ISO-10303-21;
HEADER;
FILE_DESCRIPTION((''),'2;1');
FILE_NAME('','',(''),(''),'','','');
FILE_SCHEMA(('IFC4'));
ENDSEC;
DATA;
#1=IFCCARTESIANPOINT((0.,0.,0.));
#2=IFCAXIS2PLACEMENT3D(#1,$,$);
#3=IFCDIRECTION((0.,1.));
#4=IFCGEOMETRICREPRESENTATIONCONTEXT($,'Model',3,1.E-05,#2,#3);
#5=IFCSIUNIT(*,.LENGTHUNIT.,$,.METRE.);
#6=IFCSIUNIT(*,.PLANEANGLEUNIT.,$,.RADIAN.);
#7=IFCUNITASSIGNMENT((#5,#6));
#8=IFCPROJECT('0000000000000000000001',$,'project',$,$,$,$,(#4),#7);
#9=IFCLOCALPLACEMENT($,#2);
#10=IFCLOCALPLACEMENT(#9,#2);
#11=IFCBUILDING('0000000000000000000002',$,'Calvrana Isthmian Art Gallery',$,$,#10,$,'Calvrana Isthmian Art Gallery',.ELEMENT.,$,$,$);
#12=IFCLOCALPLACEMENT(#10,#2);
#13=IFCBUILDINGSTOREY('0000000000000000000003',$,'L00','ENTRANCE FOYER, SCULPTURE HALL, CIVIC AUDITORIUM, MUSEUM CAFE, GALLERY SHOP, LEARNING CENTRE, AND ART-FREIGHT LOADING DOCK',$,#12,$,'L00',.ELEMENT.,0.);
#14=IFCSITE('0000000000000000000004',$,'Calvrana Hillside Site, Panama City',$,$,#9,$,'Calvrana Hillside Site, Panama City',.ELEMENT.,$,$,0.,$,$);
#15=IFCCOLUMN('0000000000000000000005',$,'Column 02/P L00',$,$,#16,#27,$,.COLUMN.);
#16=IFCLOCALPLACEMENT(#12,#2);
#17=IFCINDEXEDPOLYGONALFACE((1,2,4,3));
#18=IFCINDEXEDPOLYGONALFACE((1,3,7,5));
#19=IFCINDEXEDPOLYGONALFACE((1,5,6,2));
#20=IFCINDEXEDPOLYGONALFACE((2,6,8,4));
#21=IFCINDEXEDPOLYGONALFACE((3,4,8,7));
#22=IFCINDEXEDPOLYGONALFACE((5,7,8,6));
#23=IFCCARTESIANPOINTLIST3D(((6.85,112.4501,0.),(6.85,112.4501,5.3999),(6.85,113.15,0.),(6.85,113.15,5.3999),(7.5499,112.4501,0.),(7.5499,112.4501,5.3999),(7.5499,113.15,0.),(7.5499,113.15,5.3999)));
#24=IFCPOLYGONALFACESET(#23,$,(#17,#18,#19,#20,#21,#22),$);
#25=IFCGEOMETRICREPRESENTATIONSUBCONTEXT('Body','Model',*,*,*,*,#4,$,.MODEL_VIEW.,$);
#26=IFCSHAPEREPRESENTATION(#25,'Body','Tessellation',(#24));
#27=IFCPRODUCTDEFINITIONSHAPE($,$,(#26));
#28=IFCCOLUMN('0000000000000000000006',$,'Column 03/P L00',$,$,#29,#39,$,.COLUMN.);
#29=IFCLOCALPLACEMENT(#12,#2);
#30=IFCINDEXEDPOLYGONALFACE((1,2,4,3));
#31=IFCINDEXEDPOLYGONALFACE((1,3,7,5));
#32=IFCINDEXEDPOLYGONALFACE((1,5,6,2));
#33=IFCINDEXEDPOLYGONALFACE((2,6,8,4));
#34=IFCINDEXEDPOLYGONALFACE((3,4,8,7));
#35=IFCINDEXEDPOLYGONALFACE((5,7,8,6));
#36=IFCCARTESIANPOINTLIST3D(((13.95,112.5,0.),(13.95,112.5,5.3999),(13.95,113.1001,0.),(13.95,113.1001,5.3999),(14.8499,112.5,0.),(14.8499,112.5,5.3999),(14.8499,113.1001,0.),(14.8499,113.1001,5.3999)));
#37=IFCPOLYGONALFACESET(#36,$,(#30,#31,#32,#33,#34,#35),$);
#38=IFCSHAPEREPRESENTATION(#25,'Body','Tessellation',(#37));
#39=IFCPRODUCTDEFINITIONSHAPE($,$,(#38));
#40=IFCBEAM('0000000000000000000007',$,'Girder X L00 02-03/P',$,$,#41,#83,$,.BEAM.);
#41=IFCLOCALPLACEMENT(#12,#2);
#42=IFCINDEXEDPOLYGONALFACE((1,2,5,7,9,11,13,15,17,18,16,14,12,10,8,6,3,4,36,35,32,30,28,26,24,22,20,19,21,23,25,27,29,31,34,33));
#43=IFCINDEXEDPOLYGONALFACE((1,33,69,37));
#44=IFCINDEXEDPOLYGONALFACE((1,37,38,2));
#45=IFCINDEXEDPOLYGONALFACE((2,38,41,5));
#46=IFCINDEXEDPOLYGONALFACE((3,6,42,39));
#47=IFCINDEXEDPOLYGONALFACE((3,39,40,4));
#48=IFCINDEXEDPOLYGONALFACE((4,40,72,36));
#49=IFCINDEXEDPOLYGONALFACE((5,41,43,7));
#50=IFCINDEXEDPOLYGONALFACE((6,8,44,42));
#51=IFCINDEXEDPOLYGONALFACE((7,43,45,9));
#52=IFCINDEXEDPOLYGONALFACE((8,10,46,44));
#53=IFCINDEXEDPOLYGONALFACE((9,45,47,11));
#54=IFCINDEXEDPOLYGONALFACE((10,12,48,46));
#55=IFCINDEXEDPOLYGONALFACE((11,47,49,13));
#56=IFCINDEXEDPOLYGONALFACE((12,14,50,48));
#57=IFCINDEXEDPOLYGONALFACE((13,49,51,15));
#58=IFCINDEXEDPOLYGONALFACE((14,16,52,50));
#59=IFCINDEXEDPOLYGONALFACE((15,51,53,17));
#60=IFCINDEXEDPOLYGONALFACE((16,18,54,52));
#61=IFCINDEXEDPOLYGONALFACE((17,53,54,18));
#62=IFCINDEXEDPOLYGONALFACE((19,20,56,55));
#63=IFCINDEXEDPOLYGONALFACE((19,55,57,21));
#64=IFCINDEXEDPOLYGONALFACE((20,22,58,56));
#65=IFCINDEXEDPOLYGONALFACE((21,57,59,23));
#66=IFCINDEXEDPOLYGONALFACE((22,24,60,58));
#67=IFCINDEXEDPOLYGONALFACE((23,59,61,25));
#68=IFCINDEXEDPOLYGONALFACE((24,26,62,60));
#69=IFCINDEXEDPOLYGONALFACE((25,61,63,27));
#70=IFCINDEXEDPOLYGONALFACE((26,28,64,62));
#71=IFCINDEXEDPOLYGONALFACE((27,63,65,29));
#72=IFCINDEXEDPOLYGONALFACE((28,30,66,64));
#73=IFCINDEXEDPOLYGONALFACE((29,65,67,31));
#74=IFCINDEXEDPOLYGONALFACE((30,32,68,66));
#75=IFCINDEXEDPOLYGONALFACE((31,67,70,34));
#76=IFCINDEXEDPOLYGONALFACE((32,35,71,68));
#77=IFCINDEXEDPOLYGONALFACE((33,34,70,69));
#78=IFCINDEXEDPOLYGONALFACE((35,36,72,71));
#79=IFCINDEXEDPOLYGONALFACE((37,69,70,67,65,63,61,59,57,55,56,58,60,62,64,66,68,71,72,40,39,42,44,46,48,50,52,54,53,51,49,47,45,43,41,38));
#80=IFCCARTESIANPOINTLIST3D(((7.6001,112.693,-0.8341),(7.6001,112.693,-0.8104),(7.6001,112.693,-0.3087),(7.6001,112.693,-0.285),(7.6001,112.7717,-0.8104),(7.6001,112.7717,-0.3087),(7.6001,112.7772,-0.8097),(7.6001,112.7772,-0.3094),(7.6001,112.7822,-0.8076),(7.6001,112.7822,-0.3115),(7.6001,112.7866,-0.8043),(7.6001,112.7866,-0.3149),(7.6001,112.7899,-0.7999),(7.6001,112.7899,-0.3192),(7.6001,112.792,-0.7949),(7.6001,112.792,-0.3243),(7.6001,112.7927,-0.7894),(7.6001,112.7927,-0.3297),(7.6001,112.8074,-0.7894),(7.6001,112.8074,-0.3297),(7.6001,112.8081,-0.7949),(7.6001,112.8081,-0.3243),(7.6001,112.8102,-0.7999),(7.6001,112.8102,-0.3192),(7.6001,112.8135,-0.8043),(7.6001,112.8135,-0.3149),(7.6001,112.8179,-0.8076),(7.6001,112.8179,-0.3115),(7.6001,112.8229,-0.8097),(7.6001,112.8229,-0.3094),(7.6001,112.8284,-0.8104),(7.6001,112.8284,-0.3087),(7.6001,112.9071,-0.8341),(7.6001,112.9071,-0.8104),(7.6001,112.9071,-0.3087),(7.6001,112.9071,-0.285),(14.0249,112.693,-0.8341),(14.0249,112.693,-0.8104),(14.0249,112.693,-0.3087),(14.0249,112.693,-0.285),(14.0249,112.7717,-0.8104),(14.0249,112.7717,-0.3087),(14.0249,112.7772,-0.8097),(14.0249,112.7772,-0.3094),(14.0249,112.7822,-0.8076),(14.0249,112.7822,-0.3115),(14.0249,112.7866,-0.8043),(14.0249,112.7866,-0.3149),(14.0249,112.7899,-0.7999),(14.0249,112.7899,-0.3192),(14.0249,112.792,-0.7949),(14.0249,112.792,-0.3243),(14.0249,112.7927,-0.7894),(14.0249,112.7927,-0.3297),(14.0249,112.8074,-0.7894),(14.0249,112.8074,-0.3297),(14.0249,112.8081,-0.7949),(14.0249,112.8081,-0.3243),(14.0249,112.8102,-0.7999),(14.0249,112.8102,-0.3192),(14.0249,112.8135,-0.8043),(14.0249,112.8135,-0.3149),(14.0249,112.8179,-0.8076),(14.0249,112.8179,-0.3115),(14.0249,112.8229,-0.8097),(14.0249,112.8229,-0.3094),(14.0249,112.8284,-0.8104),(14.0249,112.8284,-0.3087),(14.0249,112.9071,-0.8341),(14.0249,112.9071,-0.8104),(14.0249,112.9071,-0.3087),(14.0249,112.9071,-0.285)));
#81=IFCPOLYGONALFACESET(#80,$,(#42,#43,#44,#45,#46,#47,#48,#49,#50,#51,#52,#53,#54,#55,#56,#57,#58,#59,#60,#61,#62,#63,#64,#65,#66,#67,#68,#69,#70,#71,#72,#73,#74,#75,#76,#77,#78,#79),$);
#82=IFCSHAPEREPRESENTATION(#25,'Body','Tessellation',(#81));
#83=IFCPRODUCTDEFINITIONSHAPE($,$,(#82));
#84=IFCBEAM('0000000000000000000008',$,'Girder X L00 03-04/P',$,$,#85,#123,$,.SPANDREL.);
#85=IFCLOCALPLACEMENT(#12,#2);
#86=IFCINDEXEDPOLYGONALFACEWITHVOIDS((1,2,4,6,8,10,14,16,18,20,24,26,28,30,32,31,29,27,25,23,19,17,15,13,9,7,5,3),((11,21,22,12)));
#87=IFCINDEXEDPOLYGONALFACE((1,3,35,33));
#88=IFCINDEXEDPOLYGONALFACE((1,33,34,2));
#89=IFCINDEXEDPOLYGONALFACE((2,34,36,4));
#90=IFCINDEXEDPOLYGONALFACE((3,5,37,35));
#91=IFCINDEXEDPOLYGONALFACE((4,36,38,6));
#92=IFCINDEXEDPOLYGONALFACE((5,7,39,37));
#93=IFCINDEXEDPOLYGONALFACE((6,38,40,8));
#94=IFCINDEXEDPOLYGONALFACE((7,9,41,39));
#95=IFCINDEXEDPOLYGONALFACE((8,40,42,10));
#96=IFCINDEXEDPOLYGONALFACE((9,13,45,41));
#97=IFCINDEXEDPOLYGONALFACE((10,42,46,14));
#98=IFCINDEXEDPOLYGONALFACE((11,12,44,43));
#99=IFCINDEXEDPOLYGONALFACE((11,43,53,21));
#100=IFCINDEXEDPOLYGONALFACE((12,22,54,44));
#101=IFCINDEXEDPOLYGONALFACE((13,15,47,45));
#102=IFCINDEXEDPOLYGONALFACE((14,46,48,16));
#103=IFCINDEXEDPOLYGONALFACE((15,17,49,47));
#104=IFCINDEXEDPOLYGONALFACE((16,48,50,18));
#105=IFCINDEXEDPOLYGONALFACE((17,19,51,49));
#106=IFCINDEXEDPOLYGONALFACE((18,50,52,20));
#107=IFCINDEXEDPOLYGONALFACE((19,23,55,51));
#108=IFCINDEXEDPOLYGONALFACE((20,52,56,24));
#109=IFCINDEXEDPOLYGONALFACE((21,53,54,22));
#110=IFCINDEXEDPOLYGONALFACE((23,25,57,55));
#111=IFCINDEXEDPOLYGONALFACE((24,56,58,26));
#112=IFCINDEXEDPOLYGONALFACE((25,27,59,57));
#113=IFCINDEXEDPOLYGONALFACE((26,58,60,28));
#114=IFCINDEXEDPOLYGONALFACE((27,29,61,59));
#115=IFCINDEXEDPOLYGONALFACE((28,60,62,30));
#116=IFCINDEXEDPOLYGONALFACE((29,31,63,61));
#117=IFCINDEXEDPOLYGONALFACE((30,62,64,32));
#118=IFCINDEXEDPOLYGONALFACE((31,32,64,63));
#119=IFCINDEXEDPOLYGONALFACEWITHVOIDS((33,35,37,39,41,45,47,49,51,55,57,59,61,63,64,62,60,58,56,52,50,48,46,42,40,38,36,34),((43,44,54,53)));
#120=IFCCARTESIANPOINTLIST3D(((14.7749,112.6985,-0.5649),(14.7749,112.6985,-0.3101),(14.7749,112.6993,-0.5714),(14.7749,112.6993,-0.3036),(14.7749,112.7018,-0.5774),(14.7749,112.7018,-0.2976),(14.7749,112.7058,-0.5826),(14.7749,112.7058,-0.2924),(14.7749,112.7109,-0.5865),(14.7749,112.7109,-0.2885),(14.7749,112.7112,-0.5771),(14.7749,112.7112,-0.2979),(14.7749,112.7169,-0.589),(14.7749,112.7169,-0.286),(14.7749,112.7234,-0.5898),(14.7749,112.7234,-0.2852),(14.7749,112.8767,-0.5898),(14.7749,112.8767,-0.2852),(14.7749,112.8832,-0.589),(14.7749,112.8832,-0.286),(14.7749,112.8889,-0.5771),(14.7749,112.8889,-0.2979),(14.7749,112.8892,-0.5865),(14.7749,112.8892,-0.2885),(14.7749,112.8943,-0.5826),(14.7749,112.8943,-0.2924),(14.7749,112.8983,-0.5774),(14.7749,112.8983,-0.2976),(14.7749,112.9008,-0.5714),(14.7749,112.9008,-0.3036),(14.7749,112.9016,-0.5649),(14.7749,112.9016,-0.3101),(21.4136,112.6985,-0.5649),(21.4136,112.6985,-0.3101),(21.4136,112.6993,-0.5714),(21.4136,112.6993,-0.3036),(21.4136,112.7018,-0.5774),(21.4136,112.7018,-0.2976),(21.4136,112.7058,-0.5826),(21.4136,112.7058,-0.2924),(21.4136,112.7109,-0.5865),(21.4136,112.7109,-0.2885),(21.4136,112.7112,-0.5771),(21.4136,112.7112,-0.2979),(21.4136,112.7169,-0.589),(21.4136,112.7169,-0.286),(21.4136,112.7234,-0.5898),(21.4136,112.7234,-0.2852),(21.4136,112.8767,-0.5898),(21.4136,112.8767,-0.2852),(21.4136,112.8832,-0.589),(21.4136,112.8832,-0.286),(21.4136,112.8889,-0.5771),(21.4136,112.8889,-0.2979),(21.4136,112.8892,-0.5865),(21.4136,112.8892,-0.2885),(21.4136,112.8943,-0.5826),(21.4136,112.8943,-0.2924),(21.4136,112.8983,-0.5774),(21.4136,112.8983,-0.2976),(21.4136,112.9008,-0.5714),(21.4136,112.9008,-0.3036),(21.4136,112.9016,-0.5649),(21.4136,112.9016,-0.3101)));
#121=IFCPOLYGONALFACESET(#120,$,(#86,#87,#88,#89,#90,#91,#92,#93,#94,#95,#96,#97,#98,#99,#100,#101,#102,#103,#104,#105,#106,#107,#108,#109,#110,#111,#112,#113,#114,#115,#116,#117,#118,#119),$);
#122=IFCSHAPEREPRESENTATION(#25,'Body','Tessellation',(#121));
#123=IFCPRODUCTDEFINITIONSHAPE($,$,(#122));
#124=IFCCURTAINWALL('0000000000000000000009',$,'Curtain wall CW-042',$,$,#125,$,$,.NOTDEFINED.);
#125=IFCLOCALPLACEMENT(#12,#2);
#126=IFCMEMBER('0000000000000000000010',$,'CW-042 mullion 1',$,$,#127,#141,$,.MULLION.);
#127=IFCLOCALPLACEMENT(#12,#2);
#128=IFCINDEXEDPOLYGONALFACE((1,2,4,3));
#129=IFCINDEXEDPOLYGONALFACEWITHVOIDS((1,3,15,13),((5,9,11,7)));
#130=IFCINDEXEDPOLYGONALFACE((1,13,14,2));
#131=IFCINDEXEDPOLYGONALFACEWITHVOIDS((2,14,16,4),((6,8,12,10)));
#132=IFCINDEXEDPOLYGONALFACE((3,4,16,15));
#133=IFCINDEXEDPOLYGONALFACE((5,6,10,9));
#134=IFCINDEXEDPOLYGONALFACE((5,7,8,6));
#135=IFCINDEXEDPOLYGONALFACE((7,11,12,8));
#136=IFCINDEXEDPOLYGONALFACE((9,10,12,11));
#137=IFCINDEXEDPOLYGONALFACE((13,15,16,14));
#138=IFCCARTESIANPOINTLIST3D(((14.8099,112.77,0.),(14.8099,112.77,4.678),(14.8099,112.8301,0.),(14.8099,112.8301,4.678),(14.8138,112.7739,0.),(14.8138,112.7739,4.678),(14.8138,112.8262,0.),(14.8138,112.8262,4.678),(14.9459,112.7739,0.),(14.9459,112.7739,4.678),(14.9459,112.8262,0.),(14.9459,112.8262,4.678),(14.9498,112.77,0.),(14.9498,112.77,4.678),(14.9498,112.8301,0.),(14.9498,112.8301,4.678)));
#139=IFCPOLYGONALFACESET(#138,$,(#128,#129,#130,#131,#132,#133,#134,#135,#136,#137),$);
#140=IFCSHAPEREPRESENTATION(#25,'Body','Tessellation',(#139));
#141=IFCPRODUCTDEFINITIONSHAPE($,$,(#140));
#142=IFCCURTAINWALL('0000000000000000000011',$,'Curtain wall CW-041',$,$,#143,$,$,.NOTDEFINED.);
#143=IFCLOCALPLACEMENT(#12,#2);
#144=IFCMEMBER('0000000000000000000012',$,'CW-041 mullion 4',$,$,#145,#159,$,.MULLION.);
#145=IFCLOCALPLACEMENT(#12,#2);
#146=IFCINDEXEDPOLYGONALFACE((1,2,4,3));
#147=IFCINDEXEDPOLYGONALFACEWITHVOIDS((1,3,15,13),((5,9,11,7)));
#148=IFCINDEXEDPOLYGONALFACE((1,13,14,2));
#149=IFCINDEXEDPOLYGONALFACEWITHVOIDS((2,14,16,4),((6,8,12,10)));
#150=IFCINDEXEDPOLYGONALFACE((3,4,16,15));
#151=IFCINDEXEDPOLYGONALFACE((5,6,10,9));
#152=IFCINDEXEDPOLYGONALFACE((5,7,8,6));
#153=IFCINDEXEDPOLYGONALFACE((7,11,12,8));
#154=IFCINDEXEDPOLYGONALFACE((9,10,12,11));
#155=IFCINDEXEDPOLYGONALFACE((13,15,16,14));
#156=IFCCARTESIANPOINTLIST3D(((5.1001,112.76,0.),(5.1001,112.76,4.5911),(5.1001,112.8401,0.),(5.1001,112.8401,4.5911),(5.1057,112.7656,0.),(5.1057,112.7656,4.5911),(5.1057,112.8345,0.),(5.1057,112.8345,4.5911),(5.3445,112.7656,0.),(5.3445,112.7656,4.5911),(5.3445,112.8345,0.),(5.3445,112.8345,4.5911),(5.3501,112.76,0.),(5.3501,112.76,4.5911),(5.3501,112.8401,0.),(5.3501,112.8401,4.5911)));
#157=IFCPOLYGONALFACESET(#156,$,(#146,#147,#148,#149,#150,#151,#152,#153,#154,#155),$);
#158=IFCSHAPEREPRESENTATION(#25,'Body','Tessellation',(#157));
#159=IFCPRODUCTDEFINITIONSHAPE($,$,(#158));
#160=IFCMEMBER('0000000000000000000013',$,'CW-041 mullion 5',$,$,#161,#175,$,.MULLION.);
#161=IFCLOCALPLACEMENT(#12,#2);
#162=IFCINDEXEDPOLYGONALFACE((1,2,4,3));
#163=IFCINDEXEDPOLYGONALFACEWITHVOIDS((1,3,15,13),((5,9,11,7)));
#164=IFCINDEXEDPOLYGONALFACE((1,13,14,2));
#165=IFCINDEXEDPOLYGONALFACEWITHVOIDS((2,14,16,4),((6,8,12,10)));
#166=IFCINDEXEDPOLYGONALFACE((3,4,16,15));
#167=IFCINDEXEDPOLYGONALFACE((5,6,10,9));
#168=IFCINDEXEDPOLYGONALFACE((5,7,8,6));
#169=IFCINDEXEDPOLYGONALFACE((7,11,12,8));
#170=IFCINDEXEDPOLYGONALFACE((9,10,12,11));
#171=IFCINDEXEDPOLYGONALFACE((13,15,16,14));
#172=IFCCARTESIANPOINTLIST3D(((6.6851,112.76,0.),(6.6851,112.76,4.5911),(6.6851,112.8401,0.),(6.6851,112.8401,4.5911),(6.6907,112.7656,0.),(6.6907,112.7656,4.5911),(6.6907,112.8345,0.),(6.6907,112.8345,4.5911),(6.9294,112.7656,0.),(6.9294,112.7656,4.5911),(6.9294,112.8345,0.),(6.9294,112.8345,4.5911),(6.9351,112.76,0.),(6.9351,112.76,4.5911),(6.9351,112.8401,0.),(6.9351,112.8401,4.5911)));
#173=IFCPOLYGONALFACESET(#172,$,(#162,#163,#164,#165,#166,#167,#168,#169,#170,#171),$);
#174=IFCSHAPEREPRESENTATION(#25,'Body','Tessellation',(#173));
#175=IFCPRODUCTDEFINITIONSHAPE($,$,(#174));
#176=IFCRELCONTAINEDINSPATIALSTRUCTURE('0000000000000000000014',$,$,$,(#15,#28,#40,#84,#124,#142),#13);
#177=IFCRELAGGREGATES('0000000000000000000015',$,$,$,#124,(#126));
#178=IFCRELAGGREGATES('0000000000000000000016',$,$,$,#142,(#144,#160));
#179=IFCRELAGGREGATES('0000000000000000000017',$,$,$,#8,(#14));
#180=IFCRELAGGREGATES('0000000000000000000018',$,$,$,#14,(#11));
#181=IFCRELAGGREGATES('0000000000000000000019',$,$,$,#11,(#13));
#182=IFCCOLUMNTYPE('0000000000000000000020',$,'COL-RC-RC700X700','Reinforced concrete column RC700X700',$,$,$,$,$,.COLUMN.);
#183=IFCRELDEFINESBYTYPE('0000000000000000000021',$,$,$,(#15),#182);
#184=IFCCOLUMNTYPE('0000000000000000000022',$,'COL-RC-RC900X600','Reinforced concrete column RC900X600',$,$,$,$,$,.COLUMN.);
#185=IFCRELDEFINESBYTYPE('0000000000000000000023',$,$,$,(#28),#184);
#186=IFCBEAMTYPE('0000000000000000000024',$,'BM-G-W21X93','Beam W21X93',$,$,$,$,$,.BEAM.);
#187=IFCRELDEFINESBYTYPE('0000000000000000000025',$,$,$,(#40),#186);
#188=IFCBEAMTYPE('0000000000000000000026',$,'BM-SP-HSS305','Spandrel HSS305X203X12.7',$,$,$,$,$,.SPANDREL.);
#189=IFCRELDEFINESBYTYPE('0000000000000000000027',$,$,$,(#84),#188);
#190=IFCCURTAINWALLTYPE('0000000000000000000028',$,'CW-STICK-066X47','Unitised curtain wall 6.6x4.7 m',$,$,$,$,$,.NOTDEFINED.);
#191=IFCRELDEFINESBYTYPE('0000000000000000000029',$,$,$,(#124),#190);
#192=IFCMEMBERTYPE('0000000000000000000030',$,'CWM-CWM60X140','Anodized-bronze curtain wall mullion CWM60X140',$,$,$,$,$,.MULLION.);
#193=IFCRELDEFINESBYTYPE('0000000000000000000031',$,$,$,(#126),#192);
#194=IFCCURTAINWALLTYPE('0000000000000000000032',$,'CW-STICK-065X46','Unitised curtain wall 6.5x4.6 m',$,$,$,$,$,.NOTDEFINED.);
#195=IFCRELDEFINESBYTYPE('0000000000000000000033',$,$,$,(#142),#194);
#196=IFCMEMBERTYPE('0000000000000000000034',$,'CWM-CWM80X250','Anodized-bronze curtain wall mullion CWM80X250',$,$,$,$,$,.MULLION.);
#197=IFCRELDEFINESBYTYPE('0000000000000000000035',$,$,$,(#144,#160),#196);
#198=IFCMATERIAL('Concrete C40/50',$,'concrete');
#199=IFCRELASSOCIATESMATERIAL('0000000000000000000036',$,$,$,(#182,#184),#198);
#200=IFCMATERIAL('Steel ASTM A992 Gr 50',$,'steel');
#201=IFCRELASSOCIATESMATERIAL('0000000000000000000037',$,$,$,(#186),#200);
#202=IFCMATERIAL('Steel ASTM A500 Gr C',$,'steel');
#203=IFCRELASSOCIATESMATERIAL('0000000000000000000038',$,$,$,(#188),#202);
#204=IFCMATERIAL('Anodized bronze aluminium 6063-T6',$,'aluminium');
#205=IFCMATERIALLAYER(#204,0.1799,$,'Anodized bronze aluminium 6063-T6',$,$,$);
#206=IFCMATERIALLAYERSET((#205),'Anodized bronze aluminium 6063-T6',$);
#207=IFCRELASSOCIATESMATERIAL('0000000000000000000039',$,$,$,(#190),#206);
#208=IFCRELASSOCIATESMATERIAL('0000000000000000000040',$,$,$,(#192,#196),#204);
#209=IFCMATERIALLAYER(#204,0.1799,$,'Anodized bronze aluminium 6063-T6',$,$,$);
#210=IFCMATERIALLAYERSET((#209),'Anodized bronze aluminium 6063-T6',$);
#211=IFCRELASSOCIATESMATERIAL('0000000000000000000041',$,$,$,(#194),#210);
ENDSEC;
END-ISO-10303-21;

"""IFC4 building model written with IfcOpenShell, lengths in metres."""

from ifc_helpers import new_model, si_unit, direction, frame, origin, origin_2d, place, context, subcontext, project, spatial, rectangle, hollow_rectangle, i_section, extrude, material, layer, layer_set, material_profile, profile_set, type_object, element, aggregate, save


model = new_model("IFC4")

# Units and contexts
model_context = context("Model", 3, precision=1e-05, world=origin(), true_north=direction((0.0, 1.0)))
body_context = subcontext(model_context, "Body", "Model", "MODEL_VIEW")
ifc_project = project(units=[si_unit("LENGTHUNIT", "METRE"), si_unit("PLANEANGLEUNIT", "RADIAN")], contexts=[model_context])

# Site, building, storey
site_placement = place(None, origin())
site = spatial("IfcSite", under=ifc_project, at=site_placement, Name="Calvrana Hillside Site, Panama City", LongName="Calvrana Hillside Site, Panama City", CompositionType="ELEMENT", RefElevation=0.0)
building_placement = place(site_placement, origin())
building = spatial("IfcBuilding", under=site, at=building_placement, Name="Calvrana Isthmian Art Gallery", LongName="Calvrana Isthmian Art Gallery", CompositionType="ELEMENT")
storey_placement = place(building_placement, origin())
storey = spatial("IfcBuildingStorey", under=building, at=storey_placement, Name="L00", Description="ENTRANCE FOYER, SCULPTURE HALL, CIVIC AUDITORIUM, MUSEUM CAFE, GALLERY SHOP, LEARNING CENTRE, AND ART-FREIGHT LOADING DOCK", LongName="L00", CompositionType="ELEMENT", Elevation=0.0)

# Columns
ifc_material_1 = material(Name="Concrete C40/50", Category="concrete")
ifc_material_profile_1 = material_profile(ifc_material_1, rectangle(XDim=0.7, YDim=0.7, at=origin_2d()), Name="RC700X700")
ifc_profile_set_1 = profile_set([ifc_material_profile_1], Name="Concrete C40/50")
column_type_1 = type_object("IfcColumnType", Name="COL-RC-RC700X700", Description="Reinforced concrete column RC700X700", PredefinedType="COLUMN", material=ifc_profile_set_1)
column_1_placement = place(storey_placement, frame((7.2, 112.8, 0.0), z_axis=(0.0, 0.0, 1.0), x_axis=(1.0, 0.0, 0.0)))
element("IfcColumn", 1, at=column_1_placement, inside=storey, type_object=column_type_1, Name="Column 02/P L00", PredefinedType="COLUMN", context=body_context, shape_type="SweptSolid", body=[
    extrude(rectangle(XDim=0.7, YDim=0.7, at=origin_2d()), origin(), (0.0, 0.0, 1.0), 5.3999),
])
ifc_material_profile_2 = material_profile(ifc_material_1, rectangle(XDim=0.8999, YDim=0.6001, at=origin_2d()), Name="RC900X600")
ifc_profile_set_2 = profile_set([ifc_material_profile_2], Name="Concrete C40/50")
column_type_2 = type_object("IfcColumnType", Name="COL-RC-RC900X600", Description="Reinforced concrete column RC900X600", PredefinedType="COLUMN", material=ifc_profile_set_2)
column_2_placement = place(storey_placement, frame((14.3999, 112.8, 0.0), z_axis=(0.0, 0.0, 1.0), x_axis=(1.0, 0.0, 0.0)))
element("IfcColumn", 2, at=column_2_placement, inside=storey, type_object=column_type_2, Name="Column 03/P L00", PredefinedType="COLUMN", context=body_context, shape_type="SweptSolid", body=[
    extrude(rectangle(XDim=0.8999, YDim=0.6001, at=origin_2d()), origin(), (0.0, 0.0, 1.0), 5.3999),
])

# Beams
ifc_material_2 = material(Name="Steel ASTM A992 Gr 50", Category="steel")
ifc_material_profile_3 = material_profile(ifc_material_2, i_section(OverallWidth=0.2141, OverallDepth=0.5491, WebThickness=0.0146, FlangeThickness=0.0237, FilletRadius=0.021, at=origin_2d()), Name="W21X93")
ifc_profile_set_3 = profile_set([ifc_material_profile_3], Name="Steel ASTM A992 Gr 50")
beam_type_1 = type_object("IfcBeamType", Name="BM-G-W21X93", Description="Beam W21X93", PredefinedType="BEAM", material=ifc_profile_set_3)
beam_1_placement = place(storey_placement, frame((7.6001, 112.8, -0.5596), z_axis=(1.0, 0.0, 0.0), x_axis=(0.0, 1.0, 0.0)))
element("IfcBeam", 3, at=beam_1_placement, inside=storey, type_object=beam_type_1, Name="Girder X L00 02-03/P", PredefinedType="BEAM", context=body_context, shape_type="SweptSolid", body=[
    extrude(i_section(OverallWidth=0.2141, OverallDepth=0.5491, WebThickness=0.0146, FlangeThickness=0.0237, FilletRadius=0.021, at=origin_2d()), origin(), (0.0, 0.0, 1.0), 6.4248),
])
ifc_material_3 = material(Name="Steel ASTM A500 Gr C", Category="steel")
ifc_material_profile_4 = material_profile(ifc_material_3, hollow_rectangle(XDim=0.2031, YDim=0.3047, WallThickness=0.0127, OuterFilletRadius=0.0249, at=origin_2d()), Name="HSS305X203X12.7")
ifc_profile_set_4 = profile_set([ifc_material_profile_4], Name="Steel ASTM A500 Gr C")
beam_type_2 = type_object("IfcBeamType", Name="BM-SP-HSS305", Description="Spandrel HSS305X203X12.7", PredefinedType="SPANDREL", material=ifc_profile_set_4)
beam_2_placement = place(storey_placement, frame((14.7749, 112.8, -0.4375), z_axis=(1.0, 0.0, 0.0), x_axis=(0.0, 1.0, 0.0)))
element("IfcBeam", 4, at=beam_2_placement, inside=storey, type_object=beam_type_2, Name="Girder X L00 03-04/P", PredefinedType="SPANDREL", context=body_context, shape_type="SweptSolid", body=[
    extrude(hollow_rectangle(XDim=0.2031, YDim=0.3047, WallThickness=0.0127, OuterFilletRadius=0.0249, at=origin_2d()), origin(), (0.0, 0.0, 1.0), 6.6387),
])

# Curtain wall, member
ifc_material_4 = material(Name="Anodized bronze aluminium 6063-T6", Category="aluminium")
ifc_layer_1 = layer(ifc_material_4, 0.1799, Name="Anodized bronze aluminium 6063-T6")
ifc_layer_set_1 = layer_set([ifc_layer_1], Name="Anodized bronze aluminium 6063-T6")
curtain_wall_type_1 = type_object("IfcCurtainWallType", Name="CW-STICK-066X47", Description="Unitised curtain wall 6.6x4.7 m", PredefinedType="NOTDEFINED", material=ifc_layer_set_1)
curtain_wall_1_placement = place(storey_placement, origin())
curtain_wall_1 = element("IfcCurtainWall", 5, at=curtain_wall_1_placement, inside=storey, type_object=curtain_wall_type_1, Name="Curtain wall CW-042", PredefinedType="NOTDEFINED")
ifc_material_profile_5 = material_profile(ifc_material_4, hollow_rectangle(XDim=0.0601, YDim=0.1399, WallThickness=0.0039, at=origin_2d()), Name="CWM60X140")
ifc_profile_set_5 = profile_set([ifc_material_profile_5], Name="Anodized bronze aluminium 6063-T6")
member_type_1 = type_object("IfcMemberType", Name="CWM-CWM60X140", Description="Anodized-bronze curtain wall mullion CWM60X140", PredefinedType="MULLION", material=ifc_profile_set_5)
member_1_placement = place(storey_placement, frame((14.8799, 112.8, 0.0), z_axis=(0.0, 0.0, 1.0), x_axis=(0.0, 1.0, 0.0)))
member_1 = element("IfcMember", 6, at=member_1_placement, type_object=member_type_1, Name="CW-042 mullion 1", PredefinedType="MULLION", context=body_context, shape_type="SweptSolid", body=[
    extrude(hollow_rectangle(XDim=0.0601, YDim=0.1399, WallThickness=0.0039, at=origin_2d()), origin(), (0.0, 0.0, 1.0), 4.678),
])
aggregate(curtain_wall_1, [member_1])

# Curtain wall, members
ifc_layer_2 = layer(ifc_material_4, 0.1799, Name="Anodized bronze aluminium 6063-T6")
ifc_layer_set_2 = layer_set([ifc_layer_2], Name="Anodized bronze aluminium 6063-T6")
curtain_wall_type_2 = type_object("IfcCurtainWallType", Name="CW-STICK-065X46", Description="Unitised curtain wall 6.5x4.6 m", PredefinedType="NOTDEFINED", material=ifc_layer_set_2)
curtain_wall_2_placement = place(storey_placement, origin())
curtain_wall_2 = element("IfcCurtainWall", 7, at=curtain_wall_2_placement, inside=storey, type_object=curtain_wall_type_2, Name="Curtain wall CW-041", PredefinedType="NOTDEFINED")
ifc_material_profile_6 = material_profile(ifc_material_4, hollow_rectangle(XDim=0.0801, YDim=0.25, WallThickness=0.0056, at=origin_2d()), Name="CWM80X250")
ifc_profile_set_6 = profile_set([ifc_material_profile_6], Name="Anodized bronze aluminium 6063-T6")
member_type_2 = type_object("IfcMemberType", Name="CWM-CWM80X250", Description="Anodized-bronze curtain wall mullion CWM80X250", PredefinedType="MULLION", material=ifc_profile_set_6)
member_2_placement = place(storey_placement, frame((5.2251, 112.8, 0.0), z_axis=(0.0, 0.0, 1.0), x_axis=(0.0, 1.0, 0.0)))
member_2 = element("IfcMember", 8, at=member_2_placement, type_object=member_type_2, Name="CW-041 mullion 4", PredefinedType="MULLION", context=body_context, shape_type="SweptSolid", body=[
    extrude(hollow_rectangle(XDim=0.0801, YDim=0.25, WallThickness=0.0056, at=origin_2d()), origin(), (0.0, 0.0, 1.0), 4.5911),
])
member_3_placement = place(storey_placement, frame((6.8101, 112.8, 0.0), z_axis=(0.0, 0.0, 1.0), x_axis=(0.0, 1.0, 0.0)))
member_3 = element("IfcMember", 9, at=member_3_placement, type_object=member_type_2, Name="CW-041 mullion 5", PredefinedType="MULLION", context=body_context, shape_type="SweptSolid", body=[
    extrude(hollow_rectangle(XDim=0.0801, YDim=0.25, WallThickness=0.0056, at=origin_2d()), origin(), (0.0, 0.0, 1.0), 4.5911),
])
aggregate(curtain_wall_2, [member_2, member_3])

save(model, "model.ifc")
